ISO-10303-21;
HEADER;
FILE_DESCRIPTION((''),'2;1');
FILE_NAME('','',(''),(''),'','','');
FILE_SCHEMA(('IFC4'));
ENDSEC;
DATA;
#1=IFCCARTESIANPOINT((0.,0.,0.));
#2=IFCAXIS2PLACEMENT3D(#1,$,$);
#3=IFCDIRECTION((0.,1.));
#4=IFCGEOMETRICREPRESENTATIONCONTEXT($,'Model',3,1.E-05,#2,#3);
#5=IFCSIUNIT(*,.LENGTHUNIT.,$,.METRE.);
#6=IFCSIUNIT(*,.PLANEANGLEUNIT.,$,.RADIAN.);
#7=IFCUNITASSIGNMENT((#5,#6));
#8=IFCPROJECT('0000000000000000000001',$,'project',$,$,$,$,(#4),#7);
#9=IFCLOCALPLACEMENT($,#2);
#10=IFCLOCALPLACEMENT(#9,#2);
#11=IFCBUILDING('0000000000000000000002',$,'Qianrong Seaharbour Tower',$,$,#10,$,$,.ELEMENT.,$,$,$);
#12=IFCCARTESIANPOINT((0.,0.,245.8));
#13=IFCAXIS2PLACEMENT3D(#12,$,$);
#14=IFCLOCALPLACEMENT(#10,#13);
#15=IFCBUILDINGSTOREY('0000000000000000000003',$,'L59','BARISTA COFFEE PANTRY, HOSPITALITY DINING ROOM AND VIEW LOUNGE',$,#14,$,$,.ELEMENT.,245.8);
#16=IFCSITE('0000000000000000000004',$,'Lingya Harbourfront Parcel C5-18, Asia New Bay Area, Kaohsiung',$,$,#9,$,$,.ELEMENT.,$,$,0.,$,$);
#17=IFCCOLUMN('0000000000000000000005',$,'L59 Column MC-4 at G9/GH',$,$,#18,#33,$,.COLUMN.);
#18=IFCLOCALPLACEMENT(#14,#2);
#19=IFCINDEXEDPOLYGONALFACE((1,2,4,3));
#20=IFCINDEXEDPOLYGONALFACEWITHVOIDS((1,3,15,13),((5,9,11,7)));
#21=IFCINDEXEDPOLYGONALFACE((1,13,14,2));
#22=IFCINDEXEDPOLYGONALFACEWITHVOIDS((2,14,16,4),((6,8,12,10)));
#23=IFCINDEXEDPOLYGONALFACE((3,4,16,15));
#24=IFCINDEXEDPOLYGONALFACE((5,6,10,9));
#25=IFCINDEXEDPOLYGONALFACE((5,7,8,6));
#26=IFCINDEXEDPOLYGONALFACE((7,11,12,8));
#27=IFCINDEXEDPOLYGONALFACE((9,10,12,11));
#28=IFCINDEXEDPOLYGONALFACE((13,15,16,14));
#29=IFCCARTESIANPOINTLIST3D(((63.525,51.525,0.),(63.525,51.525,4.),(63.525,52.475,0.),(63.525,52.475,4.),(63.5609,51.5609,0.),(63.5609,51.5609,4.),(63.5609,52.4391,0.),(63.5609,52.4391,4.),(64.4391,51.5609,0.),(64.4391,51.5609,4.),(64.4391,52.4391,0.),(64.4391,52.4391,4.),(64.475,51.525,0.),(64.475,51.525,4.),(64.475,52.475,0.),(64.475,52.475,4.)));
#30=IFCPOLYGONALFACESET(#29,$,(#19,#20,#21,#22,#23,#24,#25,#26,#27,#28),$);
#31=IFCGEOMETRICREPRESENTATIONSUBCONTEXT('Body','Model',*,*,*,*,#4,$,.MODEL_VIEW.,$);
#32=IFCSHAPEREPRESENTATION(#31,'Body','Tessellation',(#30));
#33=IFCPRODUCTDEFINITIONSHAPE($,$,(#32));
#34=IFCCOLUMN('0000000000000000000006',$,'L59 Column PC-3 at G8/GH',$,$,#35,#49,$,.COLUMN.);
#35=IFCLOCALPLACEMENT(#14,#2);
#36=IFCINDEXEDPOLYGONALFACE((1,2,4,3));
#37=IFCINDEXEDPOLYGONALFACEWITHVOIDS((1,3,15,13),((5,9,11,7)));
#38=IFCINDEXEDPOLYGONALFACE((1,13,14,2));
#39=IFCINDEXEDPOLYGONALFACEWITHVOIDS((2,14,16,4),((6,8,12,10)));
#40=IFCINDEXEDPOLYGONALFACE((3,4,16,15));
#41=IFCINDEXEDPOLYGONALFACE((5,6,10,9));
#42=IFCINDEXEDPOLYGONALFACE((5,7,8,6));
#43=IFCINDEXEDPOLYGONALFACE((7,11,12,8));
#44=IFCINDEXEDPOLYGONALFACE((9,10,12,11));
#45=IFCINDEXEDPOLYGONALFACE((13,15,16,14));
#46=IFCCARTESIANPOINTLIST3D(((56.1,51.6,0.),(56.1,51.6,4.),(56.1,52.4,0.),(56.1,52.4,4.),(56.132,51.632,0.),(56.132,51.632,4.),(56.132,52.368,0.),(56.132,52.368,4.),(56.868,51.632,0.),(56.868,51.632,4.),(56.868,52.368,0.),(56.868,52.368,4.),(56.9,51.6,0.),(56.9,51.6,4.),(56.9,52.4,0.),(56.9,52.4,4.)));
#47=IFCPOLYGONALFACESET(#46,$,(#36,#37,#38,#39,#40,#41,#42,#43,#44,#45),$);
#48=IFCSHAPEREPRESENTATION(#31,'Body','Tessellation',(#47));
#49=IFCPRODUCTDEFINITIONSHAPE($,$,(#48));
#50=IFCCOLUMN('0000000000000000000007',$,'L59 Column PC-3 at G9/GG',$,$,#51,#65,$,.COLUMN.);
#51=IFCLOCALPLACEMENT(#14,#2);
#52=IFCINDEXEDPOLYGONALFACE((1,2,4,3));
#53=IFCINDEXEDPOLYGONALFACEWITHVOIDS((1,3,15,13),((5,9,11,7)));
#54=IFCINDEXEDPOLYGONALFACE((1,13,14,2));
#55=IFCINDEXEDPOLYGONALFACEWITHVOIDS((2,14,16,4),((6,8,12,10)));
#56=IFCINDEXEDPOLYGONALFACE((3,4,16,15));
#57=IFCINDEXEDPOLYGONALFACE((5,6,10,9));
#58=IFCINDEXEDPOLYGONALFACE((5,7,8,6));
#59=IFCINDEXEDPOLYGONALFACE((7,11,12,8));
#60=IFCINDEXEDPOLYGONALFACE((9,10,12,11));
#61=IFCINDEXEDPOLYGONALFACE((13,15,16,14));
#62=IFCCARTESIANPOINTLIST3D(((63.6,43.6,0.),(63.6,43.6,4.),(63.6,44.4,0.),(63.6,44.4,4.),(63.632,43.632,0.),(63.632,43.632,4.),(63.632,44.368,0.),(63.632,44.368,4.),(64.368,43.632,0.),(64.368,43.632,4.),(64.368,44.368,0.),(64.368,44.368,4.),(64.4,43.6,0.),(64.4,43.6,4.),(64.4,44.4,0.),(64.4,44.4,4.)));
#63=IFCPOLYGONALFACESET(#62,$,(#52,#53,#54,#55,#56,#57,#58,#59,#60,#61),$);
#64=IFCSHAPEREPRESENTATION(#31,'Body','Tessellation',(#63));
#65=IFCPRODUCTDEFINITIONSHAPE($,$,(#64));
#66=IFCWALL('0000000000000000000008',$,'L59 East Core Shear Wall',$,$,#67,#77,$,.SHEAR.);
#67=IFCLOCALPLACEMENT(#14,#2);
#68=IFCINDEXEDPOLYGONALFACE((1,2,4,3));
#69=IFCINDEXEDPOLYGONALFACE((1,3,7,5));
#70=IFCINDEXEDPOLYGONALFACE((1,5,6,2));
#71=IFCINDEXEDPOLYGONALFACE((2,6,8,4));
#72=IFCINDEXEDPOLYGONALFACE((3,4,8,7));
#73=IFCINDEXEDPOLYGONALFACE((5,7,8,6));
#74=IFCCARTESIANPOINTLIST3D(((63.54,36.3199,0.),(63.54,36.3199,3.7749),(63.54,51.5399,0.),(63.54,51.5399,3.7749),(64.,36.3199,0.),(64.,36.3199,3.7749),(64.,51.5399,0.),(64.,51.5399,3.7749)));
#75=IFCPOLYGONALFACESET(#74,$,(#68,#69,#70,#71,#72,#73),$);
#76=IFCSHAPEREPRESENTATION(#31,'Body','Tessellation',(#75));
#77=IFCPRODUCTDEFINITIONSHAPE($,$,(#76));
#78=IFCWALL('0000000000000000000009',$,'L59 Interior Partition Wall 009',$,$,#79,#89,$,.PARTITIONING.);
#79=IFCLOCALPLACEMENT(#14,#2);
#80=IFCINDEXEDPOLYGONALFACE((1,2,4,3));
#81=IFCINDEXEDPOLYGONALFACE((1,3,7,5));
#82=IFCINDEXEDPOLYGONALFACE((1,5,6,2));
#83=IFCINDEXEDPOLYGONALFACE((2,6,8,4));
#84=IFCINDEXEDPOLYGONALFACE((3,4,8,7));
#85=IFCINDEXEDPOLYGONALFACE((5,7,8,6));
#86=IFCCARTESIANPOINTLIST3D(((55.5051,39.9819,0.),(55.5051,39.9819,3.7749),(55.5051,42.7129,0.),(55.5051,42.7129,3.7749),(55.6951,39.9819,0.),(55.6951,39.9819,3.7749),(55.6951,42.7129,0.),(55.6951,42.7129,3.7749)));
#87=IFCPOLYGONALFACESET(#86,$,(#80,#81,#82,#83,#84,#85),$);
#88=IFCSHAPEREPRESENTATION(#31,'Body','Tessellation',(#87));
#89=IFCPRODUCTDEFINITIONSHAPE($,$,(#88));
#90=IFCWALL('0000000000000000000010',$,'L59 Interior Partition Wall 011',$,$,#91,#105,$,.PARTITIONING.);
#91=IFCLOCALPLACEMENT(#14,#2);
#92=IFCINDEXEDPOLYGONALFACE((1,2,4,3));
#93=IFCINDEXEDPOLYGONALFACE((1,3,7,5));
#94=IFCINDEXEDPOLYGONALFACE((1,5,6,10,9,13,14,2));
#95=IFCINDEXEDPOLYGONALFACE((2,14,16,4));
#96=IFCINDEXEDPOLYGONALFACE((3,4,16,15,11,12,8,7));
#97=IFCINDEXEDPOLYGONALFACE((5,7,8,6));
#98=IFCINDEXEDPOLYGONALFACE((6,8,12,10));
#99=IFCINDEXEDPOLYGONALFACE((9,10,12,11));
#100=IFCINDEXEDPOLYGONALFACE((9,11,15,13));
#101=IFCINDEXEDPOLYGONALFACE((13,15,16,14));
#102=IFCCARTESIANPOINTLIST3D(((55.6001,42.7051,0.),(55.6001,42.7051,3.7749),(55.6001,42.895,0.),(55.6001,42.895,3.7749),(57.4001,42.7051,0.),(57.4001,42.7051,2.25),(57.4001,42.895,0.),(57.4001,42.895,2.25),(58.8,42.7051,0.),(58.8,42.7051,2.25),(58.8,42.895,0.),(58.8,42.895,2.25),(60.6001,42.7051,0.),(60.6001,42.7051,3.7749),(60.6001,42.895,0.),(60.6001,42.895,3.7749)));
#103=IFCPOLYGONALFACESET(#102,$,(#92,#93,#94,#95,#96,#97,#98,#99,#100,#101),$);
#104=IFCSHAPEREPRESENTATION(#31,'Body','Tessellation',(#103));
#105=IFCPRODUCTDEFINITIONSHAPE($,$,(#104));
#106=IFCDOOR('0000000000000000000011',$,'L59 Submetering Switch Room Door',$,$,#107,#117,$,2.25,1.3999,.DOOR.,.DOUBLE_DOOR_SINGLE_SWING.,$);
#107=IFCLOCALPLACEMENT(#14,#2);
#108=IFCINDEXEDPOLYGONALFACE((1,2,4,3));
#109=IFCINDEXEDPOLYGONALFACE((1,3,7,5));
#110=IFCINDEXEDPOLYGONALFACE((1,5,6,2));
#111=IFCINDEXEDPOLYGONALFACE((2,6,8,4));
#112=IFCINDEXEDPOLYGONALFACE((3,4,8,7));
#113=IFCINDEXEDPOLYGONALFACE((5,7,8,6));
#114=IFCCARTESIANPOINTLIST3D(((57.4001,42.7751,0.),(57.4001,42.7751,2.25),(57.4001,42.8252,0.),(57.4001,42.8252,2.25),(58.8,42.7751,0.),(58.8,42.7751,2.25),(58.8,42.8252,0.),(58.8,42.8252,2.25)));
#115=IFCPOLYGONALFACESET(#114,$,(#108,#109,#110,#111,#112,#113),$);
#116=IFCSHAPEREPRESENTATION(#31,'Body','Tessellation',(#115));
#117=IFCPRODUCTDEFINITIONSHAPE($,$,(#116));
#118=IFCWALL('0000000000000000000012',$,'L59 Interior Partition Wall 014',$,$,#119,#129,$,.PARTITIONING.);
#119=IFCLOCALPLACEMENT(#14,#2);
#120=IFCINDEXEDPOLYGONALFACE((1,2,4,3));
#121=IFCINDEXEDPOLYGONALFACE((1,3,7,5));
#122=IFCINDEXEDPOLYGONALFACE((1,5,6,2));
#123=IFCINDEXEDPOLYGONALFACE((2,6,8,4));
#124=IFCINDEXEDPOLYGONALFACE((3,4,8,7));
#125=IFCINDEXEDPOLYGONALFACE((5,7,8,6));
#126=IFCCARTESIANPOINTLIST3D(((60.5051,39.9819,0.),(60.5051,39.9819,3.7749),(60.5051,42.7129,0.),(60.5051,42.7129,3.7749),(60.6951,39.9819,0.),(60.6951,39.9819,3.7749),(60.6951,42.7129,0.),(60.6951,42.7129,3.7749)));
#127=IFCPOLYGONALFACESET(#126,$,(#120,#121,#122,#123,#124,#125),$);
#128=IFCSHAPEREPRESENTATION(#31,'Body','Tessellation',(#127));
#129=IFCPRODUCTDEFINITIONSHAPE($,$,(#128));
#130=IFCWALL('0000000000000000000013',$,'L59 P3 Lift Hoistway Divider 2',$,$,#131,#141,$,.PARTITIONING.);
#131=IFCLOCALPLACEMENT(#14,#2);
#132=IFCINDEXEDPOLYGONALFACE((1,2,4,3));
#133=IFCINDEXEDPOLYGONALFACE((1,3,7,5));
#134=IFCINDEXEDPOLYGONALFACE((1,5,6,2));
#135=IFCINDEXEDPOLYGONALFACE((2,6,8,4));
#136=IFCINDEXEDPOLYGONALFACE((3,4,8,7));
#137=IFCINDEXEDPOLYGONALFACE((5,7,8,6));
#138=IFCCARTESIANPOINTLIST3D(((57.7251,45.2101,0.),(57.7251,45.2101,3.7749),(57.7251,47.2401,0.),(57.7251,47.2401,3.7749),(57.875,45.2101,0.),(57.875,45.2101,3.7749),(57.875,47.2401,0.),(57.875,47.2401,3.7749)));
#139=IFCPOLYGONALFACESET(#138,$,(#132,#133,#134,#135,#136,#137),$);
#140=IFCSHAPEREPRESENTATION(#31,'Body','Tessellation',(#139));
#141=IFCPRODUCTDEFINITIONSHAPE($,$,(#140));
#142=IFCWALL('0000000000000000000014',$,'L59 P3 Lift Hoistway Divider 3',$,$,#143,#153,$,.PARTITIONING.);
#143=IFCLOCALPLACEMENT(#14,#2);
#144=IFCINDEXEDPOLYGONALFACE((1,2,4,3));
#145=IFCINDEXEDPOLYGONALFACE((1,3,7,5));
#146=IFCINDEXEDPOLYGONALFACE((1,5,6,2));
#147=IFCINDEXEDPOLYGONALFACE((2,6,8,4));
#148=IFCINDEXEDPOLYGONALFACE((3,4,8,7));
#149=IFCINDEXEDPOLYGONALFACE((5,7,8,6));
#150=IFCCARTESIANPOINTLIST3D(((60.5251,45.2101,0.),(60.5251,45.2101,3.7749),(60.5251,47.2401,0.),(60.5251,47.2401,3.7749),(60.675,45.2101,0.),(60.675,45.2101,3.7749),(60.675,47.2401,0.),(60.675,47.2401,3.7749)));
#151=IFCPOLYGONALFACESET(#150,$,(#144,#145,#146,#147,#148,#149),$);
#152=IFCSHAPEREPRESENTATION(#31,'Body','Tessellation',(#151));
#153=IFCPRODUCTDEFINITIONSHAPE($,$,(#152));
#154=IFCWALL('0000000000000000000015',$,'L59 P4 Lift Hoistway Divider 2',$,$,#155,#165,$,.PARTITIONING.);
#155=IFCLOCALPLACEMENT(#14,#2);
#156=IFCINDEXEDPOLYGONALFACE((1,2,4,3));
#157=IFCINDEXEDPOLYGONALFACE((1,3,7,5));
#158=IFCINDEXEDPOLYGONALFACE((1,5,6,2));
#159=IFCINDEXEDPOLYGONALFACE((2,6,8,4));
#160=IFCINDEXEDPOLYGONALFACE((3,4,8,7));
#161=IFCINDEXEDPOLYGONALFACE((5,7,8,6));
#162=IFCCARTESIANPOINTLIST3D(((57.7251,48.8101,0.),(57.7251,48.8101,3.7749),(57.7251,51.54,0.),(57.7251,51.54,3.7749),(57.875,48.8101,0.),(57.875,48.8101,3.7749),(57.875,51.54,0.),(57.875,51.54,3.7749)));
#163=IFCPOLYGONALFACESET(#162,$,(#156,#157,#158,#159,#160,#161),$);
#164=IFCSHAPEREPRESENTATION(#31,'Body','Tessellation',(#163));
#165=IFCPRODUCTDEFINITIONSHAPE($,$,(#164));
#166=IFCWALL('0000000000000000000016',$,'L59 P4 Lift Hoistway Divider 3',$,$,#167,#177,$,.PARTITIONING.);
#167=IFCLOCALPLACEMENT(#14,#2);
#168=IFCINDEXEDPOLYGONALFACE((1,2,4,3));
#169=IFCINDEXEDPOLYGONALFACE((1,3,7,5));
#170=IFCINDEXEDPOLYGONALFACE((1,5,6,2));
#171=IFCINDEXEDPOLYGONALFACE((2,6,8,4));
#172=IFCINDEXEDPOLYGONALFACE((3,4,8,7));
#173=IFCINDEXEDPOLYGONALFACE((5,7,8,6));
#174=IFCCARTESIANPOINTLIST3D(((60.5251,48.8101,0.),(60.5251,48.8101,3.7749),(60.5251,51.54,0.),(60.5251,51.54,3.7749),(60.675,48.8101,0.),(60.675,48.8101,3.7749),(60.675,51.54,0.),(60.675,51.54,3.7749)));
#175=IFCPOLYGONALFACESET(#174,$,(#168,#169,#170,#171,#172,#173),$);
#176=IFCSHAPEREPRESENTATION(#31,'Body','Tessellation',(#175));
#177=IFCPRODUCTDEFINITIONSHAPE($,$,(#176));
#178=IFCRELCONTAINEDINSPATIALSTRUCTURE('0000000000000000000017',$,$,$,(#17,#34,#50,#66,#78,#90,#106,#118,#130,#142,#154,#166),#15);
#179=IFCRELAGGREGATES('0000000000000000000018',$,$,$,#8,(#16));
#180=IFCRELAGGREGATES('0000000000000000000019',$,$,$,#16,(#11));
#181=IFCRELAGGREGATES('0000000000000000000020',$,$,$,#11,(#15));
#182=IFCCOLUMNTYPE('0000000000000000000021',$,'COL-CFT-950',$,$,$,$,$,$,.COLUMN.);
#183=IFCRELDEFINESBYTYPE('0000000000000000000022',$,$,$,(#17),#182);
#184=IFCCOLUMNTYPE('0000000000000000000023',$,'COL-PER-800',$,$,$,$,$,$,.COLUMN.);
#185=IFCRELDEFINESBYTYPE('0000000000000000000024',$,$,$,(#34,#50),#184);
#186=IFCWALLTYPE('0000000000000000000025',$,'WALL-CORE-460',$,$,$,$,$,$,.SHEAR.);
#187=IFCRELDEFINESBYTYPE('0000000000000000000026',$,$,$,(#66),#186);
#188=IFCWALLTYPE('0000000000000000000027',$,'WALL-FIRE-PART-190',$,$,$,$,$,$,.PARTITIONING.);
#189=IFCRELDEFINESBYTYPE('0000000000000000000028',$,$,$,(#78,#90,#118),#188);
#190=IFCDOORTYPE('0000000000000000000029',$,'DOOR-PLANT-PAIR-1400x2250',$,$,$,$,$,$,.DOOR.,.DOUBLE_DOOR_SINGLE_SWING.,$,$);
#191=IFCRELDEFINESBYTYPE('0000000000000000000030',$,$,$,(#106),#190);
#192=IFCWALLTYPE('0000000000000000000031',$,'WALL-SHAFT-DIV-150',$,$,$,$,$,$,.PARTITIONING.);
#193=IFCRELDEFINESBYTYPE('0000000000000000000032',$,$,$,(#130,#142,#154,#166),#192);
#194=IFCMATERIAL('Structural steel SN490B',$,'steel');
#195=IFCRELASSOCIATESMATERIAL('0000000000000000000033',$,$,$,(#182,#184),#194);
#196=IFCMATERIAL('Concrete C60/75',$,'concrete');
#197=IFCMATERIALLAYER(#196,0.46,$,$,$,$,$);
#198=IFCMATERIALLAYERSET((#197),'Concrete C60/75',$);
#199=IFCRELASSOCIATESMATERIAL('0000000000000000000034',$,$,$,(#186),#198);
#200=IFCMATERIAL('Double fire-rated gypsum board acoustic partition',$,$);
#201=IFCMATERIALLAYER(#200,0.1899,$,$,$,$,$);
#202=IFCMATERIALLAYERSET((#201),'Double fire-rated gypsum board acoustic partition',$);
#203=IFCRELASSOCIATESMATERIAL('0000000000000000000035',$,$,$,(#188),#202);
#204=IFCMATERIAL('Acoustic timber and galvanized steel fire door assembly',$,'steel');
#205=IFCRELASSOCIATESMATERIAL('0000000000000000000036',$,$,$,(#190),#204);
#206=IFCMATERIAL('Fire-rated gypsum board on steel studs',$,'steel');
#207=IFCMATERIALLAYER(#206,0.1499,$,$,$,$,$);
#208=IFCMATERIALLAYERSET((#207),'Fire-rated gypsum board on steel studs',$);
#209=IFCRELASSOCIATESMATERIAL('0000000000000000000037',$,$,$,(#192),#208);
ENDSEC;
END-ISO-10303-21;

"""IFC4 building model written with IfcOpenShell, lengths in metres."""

from ifc_helpers import new_model, si_unit, direction, frame, frame_2d, origin, origin_2d, place, context, subcontext, project, spatial, rectangle, hollow_rectangle, extrude, material, layer, layer_set, material_profile, profile_set, type_object, element, fill, save


model = new_model("IFC4")

# Units and contexts
model_context = context("Model", 3, precision=1e-05, world=origin(), true_north=direction((0.0, 1.0)))
body_context = subcontext(model_context, "Body", "Model", "MODEL_VIEW")
ifc_project = project(units=[si_unit("LENGTHUNIT", "METRE"), si_unit("PLANEANGLEUNIT", "RADIAN")], contexts=[model_context])

# Site, building, storey
site_placement = place(None, origin())
site = spatial("IfcSite", under=ifc_project, at=site_placement, Name="Lingya Harbourfront Parcel C5-18, Asia New Bay Area, Kaohsiung", CompositionType="ELEMENT", RefElevation=0.0)
building_placement = place(site_placement, origin())
building = spatial("IfcBuilding", under=site, at=building_placement, Name="Qianrong Seaharbour Tower", CompositionType="ELEMENT")
storey_placement = place(building_placement, frame((0.0, 0.0, 245.8)))
storey = spatial("IfcBuildingStorey", under=building, at=storey_placement, Name="L59", Description="BARISTA COFFEE PANTRY, HOSPITALITY DINING ROOM AND VIEW LOUNGE", CompositionType="ELEMENT", Elevation=245.8)

# Columns
ifc_material_1 = material(Name="Structural steel SN490B", Category="steel")
ifc_material_profile_1 = material_profile(ifc_material_1, hollow_rectangle(XDim=0.95, YDim=0.95, WallThickness=0.0359, at=origin_2d()), Name="BOX950x950x36")
ifc_profile_set_1 = profile_set([ifc_material_profile_1], Name="Structural steel SN490B")
column_type_1 = type_object("IfcColumnType", Name="COL-CFT-950", PredefinedType="COLUMN", material=ifc_profile_set_1)
column_placement = place(storey_placement, frame((64.0, 52.0, 0.0), z_axis=(0.0, 0.0, 1.0), x_axis=(1.0, 0.0, 0.0)))
element("IfcColumn", 1, at=column_placement, inside=storey, type_object=column_type_1, Name="L59 Column MC-4 at G9/GH", PredefinedType="COLUMN", context=body_context, shape_type="SweptSolid", body=[
    extrude(hollow_rectangle(XDim=0.95, YDim=0.95, WallThickness=0.0359, at=origin_2d()), origin(), (0.0, 0.0, 1.0), 4.0),
])
ifc_material_profile_2 = material_profile(ifc_material_1, hollow_rectangle(XDim=0.8, YDim=0.8, WallThickness=0.032, at=origin_2d()), Name="BOX800x800x32")
ifc_profile_set_2 = profile_set([ifc_material_profile_2], Name="Structural steel SN490B")
column_type_2 = type_object("IfcColumnType", Name="COL-PER-800", PredefinedType="COLUMN", material=ifc_profile_set_2)
for number, where, z_axis, x_axis, name in (
    (2, (56.5, 52.0, 0.0), (0.0, 0.0, 1.0), (1.0, 0.0, 0.0), "L59 Column PC-3 at G8/GH"),
    (3, (64.0, 44.0, 0.0), (0.0, 0.0, 1.0), (1.0, 0.0, 0.0), "L59 Column PC-3 at G9/GG"),
):
    element("IfcColumn", number, at=place(storey_placement, frame(where, z_axis=z_axis, x_axis=x_axis)), inside=storey, type_object=column_type_2, Name=name, PredefinedType="COLUMN", context=body_context, shape_type="SweptSolid", body=[
        extrude(hollow_rectangle(XDim=0.8, YDim=0.8, WallThickness=0.032, at=origin_2d()), origin(), (0.0, 0.0, 1.0), 4.0),
    ])

# Wall
ifc_material_2 = material(Name="Concrete C60/75", Category="concrete")
ifc_layer_1 = layer(ifc_material_2, 0.46)
ifc_layer_set_1 = layer_set([ifc_layer_1], Name="Concrete C60/75")
wall_type_1 = type_object("IfcWallType", Name="WALL-CORE-460", PredefinedType="SHEAR", material=ifc_layer_set_1)
wall_1_placement = place(storey_placement, frame((63.77, 36.3201, 0.0), z_axis=(0.0, 0.0, 1.0), x_axis=(0.0, 1.0, 0.0)))
element("IfcWall", 4, at=wall_1_placement, inside=storey, type_object=wall_type_1, Name="L59 East Core Shear Wall", PredefinedType="SHEAR", context=body_context, shape_type="SweptSolid", body=[
    extrude(rectangle(XDim=15.22, YDim=0.46, at=frame_2d((7.6099, 0.0))), origin(), (0.0, 0.0, 1.0), 3.7749),
])

# Shared definitions
ifc_material_3 = material(Name="Acoustic timber and galvanized steel fire door assembly", Category="steel")

# Wall
ifc_material_4 = material(Name="Double fire-rated gypsum board acoustic partition")
ifc_layer_2 = layer(ifc_material_4, 0.1899)
ifc_layer_set_2 = layer_set([ifc_layer_2], Name="Double fire-rated gypsum board acoustic partition")
wall_type_2 = type_object("IfcWallType", Name="WALL-FIRE-PART-190", PredefinedType="PARTITIONING", material=ifc_layer_set_2)
wall_2_placement = place(storey_placement, frame((55.6001, 42.7129, 0.0), z_axis=(0.0, 0.0, 1.0), x_axis=(0.0, -1.0, 0.0)))
element("IfcWall", 5, at=wall_2_placement, inside=storey, type_object=wall_type_2, Name="L59 Interior Partition Wall 009", PredefinedType="PARTITIONING", context=body_context, shape_type="SweptSolid", body=[
    extrude(rectangle(XDim=2.731, YDim=0.1899, at=frame_2d((1.3655, 0.0))), origin(), (0.0, 0.0, 1.0), 3.7749),
])

# Wall, opening, door
wall_3_placement = place(storey_placement, frame((60.6001, 42.8, 0.0), z_axis=(0.0, 0.0, 1.0), x_axis=(-1.0, 0.0, 0.0)))
wall_3 = element("IfcWall", 6, at=wall_3_placement, inside=storey, type_object=wall_type_2, Name="L59 Interior Partition Wall 011", PredefinedType="PARTITIONING", context=body_context, shape_type="SweptSolid", body=[
    extrude(rectangle(XDim=5.0, YDim=0.1899, at=frame_2d((2.5, 0.0))), origin(), (0.0, 0.0, 1.0), 3.7749),
])
opening_1_placement = place(wall_3_placement, frame((1.8, 0.0, 0.0)))
opening_1 = element("IfcOpeningElement", 7, at=opening_1_placement, cuts=wall_3, PredefinedType="OPENING", context=body_context, shape_type="SweptSolid", body=[
    extrude(rectangle(XDim=1.3999, YDim=2.25, at=frame_2d((0.7, 1.125))), frame((0.0, 0.105, 0.0), z_axis=(0.0, -1.0, 0.0), x_axis=(1.0, 0.0, 0.0)), (0.0, 0.0, 1.0), 0.21),
])
door_type_1 = type_object("IfcDoorType", Name="DOOR-PLANT-PAIR-1400x2250", OperationType="DOUBLE_DOOR_SINGLE_SWING", PredefinedType="DOOR", material=ifc_material_3)
door_1_placement = place(opening_1_placement, origin())
door_1 = element("IfcDoor", 8, at=door_1_placement, inside=storey, type_object=door_type_1, Name="L59 Submetering Switch Room Door", OperationType="DOUBLE_DOOR_SINGLE_SWING", OverallHeight=2.25, OverallWidth=1.3999, PredefinedType="DOOR", context=body_context, shape_type="SweptSolid", body=[
    extrude(rectangle(XDim=1.3999, YDim=2.25, at=frame_2d((0.7, 1.125))), frame((0.0, 0.0249, 0.0), z_axis=(0.0, -1.0, 0.0), x_axis=(1.0, 0.0, 0.0)), (0.0, 0.0, 1.0), 0.05),
])
fill(opening_1, door_1)

# Walls
wall_4_placement = place(storey_placement, frame((60.6001, 42.7129, 0.0), z_axis=(0.0, 0.0, 1.0), x_axis=(0.0, -1.0, 0.0)))
element("IfcWall", 9, at=wall_4_placement, inside=storey, type_object=wall_type_2, Name="L59 Interior Partition Wall 014", PredefinedType="PARTITIONING", context=body_context, shape_type="SweptSolid", body=[
    extrude(rectangle(XDim=2.731, YDim=0.1899, at=frame_2d((1.3655, 0.0))), origin(), (0.0, 0.0, 1.0), 3.7749),
])
ifc_material_5 = material(Name="Fire-rated gypsum board on steel studs", Category="steel")
ifc_layer_3 = layer(ifc_material_5, 0.1499)
ifc_layer_set_3 = layer_set([ifc_layer_3], Name="Fire-rated gypsum board on steel studs")
wall_type_3 = type_object("IfcWallType", Name="WALL-SHAFT-DIV-150", PredefinedType="PARTITIONING", material=ifc_layer_set_3)
for number, where, z_axis, x_axis, name in (
    (10, (57.8, 45.21, 0.0), (0.0, 0.0, 1.0), (0.0, 1.0, 0.0), "L59 P3 Lift Hoistway Divider 2"),
    (11, (60.6001, 45.21, 0.0), (0.0, 0.0, 1.0), (0.0, 1.0, 0.0), "L59 P3 Lift Hoistway Divider 3"),
):
    element("IfcWall", number, at=place(storey_placement, frame(where, z_axis=z_axis, x_axis=x_axis)), inside=storey, type_object=wall_type_3, Name=name, PredefinedType="PARTITIONING", context=body_context, shape_type="SweptSolid", body=[
        extrude(rectangle(XDim=2.03, YDim=0.1499, at=frame_2d((1.0151, 0.0))), origin(), (0.0, 0.0, 1.0), 3.7749),
    ])
for number, where, z_axis, x_axis, name in (
    (12, (57.8, 48.8101, 0.0), (0.0, 0.0, 1.0), (0.0, 1.0, 0.0), "L59 P4 Lift Hoistway Divider 2"),
    (13, (60.6001, 48.8101, 0.0), (0.0, 0.0, 1.0), (0.0, 1.0, 0.0), "L59 P4 Lift Hoistway Divider 3"),
):
    element("IfcWall", number, at=place(storey_placement, frame(where, z_axis=z_axis, x_axis=x_axis)), inside=storey, type_object=wall_type_3, Name=name, PredefinedType="PARTITIONING", context=body_context, shape_type="SweptSolid", body=[
        extrude(rectangle(XDim=2.73, YDim=0.1499, at=frame_2d((1.365, 0.0))), origin(), (0.0, 0.0, 1.0), 3.7749),
    ])

save(model, "model.ifc")
